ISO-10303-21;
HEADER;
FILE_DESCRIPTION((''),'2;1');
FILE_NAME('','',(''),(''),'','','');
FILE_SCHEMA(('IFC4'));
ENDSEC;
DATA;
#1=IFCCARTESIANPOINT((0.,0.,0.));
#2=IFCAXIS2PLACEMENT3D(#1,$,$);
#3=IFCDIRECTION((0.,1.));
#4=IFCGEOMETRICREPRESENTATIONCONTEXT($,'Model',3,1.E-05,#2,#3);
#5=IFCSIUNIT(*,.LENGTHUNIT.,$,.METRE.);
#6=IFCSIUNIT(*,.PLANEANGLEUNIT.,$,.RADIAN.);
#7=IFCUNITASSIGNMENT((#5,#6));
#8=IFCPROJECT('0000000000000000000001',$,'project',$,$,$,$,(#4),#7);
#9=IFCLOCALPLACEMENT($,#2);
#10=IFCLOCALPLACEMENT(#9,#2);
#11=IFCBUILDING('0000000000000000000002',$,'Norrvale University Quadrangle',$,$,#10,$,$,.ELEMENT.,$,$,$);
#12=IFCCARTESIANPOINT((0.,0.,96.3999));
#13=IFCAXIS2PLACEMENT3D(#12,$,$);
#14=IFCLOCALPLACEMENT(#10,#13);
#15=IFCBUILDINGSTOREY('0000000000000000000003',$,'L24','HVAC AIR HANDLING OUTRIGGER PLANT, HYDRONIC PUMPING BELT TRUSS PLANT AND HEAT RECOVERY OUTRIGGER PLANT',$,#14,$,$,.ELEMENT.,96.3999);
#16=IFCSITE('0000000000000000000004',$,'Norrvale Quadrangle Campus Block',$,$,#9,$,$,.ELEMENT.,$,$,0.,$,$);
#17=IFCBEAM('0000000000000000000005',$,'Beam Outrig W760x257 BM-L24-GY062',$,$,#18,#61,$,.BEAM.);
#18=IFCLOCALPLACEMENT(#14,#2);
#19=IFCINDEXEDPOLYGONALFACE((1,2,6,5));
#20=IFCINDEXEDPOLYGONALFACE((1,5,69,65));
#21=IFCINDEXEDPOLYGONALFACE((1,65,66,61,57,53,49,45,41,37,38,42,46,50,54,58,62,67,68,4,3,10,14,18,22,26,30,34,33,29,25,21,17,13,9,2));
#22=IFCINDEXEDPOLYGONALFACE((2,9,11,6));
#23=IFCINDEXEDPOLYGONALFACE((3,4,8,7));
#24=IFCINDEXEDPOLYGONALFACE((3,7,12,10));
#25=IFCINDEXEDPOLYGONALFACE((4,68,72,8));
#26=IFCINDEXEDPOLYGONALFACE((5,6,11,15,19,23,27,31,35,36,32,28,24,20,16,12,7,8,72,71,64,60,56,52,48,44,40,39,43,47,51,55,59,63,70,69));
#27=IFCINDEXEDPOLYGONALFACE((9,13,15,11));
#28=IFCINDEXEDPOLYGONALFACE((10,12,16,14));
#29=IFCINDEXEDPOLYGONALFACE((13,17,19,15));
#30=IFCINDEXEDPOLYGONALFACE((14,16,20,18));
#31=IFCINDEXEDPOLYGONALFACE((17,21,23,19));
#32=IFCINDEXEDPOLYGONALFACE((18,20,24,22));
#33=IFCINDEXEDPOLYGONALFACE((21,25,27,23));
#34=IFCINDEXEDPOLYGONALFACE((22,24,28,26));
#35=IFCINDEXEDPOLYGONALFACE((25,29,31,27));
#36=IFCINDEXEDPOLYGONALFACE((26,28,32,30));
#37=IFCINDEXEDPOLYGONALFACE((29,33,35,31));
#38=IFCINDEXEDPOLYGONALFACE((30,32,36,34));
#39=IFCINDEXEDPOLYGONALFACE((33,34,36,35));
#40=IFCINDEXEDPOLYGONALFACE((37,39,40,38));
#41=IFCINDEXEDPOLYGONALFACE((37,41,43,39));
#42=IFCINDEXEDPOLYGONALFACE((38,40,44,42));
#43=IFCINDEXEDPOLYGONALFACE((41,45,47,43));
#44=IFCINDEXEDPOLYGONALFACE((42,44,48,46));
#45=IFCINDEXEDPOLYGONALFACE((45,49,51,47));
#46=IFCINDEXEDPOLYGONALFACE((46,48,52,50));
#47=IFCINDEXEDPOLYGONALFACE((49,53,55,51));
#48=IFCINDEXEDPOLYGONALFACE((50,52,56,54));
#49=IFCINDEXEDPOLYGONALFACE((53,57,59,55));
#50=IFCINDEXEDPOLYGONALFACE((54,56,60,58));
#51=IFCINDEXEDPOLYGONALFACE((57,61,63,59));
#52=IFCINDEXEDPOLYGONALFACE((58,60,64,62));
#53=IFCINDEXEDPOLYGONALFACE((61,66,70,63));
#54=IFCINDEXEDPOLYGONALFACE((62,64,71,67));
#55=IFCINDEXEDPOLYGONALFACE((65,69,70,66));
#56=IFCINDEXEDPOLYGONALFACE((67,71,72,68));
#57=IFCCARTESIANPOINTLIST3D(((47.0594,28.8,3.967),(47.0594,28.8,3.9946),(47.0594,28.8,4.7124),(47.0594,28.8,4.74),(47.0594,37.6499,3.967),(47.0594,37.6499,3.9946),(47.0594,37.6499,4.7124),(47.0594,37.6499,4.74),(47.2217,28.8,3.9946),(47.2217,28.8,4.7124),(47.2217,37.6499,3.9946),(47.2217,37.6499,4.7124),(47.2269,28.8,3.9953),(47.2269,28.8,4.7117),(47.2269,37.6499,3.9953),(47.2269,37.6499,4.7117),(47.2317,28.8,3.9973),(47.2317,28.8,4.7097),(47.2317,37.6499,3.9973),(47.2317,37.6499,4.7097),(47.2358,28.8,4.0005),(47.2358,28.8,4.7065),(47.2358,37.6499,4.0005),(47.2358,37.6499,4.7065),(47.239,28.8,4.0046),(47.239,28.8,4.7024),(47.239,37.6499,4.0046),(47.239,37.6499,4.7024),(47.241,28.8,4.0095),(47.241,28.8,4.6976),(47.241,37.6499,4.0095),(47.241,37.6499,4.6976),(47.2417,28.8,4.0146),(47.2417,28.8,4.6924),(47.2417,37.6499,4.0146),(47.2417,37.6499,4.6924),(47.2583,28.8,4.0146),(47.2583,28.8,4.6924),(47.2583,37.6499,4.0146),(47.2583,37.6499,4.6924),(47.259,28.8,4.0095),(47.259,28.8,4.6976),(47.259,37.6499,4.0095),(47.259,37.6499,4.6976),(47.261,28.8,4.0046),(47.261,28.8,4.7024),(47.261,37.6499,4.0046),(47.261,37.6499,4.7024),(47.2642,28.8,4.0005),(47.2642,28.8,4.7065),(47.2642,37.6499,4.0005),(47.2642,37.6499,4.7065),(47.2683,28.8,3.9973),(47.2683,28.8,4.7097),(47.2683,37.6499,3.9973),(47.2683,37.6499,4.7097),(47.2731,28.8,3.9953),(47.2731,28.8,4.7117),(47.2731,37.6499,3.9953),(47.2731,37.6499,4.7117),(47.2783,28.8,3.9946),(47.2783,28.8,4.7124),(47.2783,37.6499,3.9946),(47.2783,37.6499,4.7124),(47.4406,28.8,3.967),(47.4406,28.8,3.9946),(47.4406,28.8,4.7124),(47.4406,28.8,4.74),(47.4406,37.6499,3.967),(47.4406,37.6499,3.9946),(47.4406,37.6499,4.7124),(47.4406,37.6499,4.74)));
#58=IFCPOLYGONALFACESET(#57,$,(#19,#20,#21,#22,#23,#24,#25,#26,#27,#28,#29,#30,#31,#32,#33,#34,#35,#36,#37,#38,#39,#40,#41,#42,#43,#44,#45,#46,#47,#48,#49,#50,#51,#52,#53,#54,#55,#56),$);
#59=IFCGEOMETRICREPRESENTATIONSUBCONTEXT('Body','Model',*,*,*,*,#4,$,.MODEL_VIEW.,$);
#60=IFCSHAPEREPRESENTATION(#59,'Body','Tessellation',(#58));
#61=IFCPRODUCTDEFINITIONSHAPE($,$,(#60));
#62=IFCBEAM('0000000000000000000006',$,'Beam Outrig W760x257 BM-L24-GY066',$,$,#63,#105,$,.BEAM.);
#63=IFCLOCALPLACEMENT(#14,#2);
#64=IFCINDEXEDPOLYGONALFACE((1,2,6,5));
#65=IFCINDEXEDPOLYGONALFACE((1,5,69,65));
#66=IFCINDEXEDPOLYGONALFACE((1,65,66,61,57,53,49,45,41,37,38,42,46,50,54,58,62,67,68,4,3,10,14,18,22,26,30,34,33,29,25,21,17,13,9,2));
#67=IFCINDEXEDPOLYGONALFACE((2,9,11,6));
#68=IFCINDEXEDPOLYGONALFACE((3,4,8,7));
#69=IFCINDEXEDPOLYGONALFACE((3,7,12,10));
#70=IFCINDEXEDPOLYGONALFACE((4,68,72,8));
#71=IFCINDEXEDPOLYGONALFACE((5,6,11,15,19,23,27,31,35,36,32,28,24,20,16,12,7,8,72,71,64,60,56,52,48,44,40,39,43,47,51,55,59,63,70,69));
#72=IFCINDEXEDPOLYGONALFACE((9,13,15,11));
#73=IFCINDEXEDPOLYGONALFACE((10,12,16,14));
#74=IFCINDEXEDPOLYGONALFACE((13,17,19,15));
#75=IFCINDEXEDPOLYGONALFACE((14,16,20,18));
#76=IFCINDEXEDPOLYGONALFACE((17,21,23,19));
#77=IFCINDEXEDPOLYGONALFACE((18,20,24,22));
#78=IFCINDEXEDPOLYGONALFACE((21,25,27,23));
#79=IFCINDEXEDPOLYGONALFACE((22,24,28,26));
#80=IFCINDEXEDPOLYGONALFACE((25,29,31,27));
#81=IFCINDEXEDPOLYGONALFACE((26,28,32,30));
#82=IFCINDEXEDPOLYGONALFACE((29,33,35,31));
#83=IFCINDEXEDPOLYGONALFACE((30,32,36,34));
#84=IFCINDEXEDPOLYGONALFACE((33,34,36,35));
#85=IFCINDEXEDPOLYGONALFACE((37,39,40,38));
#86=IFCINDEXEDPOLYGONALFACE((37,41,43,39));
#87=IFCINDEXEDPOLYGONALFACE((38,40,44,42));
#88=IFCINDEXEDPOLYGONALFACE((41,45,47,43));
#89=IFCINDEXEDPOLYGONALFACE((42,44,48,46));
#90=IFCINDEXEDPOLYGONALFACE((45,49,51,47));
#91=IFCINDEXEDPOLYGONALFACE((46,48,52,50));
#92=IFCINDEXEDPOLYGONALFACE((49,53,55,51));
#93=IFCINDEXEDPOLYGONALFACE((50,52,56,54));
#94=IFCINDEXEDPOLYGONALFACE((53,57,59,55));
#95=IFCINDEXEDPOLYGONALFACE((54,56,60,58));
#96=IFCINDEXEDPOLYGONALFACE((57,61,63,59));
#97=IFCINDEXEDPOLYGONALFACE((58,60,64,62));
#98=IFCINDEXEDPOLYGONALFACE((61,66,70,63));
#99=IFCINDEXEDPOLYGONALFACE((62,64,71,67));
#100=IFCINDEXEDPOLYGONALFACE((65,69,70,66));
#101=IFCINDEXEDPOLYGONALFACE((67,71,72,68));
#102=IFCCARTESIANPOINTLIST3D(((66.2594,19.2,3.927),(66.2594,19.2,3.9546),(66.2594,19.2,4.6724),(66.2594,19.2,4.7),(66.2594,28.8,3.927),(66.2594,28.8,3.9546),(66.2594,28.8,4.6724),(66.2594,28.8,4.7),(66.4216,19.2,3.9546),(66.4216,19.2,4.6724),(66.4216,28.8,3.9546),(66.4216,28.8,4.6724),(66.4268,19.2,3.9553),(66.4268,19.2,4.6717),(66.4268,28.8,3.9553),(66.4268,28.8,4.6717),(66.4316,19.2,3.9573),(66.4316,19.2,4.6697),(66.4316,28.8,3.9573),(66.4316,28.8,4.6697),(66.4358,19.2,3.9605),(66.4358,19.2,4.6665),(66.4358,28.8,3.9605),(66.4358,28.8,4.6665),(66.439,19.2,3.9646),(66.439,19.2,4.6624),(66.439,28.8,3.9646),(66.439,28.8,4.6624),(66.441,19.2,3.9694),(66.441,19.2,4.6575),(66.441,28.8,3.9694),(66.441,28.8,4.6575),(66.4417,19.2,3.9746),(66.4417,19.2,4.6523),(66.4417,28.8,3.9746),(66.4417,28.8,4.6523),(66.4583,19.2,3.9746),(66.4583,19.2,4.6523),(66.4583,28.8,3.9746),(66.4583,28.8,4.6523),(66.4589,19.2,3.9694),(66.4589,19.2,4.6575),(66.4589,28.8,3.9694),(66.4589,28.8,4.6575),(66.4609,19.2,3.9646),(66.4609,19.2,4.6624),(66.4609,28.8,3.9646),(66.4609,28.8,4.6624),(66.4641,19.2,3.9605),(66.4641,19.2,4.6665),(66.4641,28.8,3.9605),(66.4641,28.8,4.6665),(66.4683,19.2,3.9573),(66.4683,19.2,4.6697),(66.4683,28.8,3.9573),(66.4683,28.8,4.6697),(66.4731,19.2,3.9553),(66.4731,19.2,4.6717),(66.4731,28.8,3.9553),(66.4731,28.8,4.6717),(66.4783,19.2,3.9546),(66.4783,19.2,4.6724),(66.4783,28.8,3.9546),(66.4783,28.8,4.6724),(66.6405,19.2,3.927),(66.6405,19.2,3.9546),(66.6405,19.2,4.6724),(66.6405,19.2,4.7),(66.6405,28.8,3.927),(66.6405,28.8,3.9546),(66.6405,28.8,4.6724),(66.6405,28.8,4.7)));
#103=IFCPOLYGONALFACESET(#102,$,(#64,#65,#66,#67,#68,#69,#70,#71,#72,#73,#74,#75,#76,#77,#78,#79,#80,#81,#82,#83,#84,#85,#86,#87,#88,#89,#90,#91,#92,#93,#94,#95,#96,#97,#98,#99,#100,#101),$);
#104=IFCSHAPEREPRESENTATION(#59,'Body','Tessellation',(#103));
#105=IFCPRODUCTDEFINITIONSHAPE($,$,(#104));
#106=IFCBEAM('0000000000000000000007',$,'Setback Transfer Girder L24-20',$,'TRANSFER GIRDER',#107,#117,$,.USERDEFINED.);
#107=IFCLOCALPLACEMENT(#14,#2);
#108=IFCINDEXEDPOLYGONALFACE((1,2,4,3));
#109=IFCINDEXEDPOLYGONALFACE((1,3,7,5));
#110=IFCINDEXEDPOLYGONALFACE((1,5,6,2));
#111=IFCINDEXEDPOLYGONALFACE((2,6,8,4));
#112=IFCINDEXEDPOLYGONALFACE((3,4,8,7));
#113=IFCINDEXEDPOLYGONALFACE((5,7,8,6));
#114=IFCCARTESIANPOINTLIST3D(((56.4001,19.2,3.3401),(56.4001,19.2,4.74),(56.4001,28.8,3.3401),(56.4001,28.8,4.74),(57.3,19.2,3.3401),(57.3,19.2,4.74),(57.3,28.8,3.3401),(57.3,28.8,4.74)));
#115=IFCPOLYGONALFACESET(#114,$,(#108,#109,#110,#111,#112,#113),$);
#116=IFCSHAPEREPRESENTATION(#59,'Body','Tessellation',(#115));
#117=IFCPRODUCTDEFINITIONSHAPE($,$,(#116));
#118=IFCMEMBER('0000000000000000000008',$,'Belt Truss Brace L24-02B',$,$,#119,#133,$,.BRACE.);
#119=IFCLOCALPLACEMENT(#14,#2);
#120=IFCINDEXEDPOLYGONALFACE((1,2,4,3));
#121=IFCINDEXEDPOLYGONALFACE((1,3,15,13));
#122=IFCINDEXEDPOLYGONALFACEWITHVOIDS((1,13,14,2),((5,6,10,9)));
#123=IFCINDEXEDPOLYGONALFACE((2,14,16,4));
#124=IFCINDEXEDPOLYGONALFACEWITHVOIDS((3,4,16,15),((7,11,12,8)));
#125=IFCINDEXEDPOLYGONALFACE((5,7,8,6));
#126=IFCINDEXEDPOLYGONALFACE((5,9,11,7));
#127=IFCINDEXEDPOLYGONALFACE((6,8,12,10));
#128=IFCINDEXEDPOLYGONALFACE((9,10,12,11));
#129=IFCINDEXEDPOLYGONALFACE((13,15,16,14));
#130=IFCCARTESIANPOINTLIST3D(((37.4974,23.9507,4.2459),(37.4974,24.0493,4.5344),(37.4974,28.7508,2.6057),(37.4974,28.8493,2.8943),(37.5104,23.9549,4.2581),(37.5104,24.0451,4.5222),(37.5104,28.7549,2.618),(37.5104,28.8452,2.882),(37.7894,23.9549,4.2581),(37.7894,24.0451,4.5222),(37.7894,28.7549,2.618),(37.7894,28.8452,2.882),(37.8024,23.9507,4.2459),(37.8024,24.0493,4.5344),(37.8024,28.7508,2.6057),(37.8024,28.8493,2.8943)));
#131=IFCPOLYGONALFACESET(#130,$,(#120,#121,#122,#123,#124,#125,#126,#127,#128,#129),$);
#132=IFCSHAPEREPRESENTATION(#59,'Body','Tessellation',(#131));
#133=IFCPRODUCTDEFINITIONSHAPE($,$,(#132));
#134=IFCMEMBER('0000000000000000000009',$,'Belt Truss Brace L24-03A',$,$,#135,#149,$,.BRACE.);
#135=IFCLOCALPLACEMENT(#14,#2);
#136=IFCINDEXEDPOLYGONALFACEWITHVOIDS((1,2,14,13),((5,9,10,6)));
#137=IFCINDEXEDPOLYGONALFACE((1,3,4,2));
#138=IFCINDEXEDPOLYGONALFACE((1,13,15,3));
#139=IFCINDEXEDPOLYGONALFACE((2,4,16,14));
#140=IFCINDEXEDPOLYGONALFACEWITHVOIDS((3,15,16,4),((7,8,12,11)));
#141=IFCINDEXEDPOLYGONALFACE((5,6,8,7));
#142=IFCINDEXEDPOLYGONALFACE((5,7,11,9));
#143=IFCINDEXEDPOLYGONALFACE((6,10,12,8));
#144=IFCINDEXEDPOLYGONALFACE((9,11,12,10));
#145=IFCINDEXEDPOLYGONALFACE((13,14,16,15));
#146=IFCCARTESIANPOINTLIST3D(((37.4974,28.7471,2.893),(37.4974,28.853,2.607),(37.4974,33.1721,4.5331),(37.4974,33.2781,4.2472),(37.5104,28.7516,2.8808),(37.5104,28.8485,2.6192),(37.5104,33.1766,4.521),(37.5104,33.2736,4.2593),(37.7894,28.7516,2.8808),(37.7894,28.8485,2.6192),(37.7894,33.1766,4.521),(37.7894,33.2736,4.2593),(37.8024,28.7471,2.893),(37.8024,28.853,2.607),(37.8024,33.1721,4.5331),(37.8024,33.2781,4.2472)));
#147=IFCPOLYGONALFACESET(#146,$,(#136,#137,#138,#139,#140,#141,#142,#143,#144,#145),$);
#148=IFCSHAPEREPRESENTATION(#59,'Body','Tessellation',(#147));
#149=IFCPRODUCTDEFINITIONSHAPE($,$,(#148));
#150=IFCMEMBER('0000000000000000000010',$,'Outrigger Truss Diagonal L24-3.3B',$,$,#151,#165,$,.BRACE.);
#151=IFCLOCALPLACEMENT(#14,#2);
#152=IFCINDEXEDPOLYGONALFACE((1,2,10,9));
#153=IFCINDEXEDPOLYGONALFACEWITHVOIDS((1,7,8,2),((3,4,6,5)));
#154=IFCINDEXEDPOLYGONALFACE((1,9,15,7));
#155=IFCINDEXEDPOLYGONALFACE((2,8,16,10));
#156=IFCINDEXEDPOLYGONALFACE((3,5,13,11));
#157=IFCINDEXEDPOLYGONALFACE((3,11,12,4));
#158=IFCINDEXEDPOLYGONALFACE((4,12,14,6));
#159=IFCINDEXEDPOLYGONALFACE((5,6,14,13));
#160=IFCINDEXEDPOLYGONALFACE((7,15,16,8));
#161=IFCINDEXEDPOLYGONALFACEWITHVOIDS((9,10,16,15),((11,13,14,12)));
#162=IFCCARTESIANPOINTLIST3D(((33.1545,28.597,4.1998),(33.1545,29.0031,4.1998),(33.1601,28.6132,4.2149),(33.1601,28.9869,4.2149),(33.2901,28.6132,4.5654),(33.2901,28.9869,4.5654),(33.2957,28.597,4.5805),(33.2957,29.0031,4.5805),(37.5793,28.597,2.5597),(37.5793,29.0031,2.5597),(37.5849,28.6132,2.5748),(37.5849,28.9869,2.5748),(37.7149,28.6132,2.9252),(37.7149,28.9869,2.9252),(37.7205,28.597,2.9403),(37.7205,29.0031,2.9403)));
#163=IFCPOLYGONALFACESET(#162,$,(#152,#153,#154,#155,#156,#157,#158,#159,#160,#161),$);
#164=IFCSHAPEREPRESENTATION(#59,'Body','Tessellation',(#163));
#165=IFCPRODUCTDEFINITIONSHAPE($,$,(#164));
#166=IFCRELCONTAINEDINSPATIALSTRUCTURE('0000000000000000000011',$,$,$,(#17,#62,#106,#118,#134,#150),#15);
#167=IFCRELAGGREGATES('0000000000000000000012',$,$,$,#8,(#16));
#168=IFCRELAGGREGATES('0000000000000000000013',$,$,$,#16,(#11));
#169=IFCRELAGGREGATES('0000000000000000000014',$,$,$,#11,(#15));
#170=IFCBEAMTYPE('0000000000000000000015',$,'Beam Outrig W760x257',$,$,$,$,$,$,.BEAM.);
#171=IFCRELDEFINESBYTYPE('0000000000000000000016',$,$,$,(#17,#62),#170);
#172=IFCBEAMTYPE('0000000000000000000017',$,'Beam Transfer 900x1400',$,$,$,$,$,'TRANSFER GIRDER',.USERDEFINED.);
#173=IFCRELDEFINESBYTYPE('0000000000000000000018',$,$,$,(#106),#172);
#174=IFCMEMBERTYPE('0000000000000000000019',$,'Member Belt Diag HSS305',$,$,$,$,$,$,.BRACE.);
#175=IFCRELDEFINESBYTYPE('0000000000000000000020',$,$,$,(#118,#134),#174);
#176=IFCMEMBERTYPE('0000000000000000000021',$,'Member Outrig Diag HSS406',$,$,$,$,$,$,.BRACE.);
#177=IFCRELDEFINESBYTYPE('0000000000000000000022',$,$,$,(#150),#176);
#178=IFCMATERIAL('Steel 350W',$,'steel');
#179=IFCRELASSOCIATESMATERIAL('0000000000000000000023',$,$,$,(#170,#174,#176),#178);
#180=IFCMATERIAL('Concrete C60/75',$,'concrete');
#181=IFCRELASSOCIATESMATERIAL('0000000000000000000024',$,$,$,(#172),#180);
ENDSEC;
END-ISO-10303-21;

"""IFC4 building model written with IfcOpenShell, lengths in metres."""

from ifc_helpers import new_model, si_unit, direction, frame, origin, origin_2d, place, context, subcontext, project, spatial, rectangle, hollow_rectangle, i_section, extrude, material, material_profile, profile_set, type_object, element, save


model = new_model("IFC4")

# Units and contexts
model_context = context("Model", 3, precision=1e-05, world=origin(), true_north=direction((0.0, 1.0)))
body_context = subcontext(model_context, "Body", "Model", "MODEL_VIEW")
ifc_project = project(units=[si_unit("LENGTHUNIT", "METRE"), si_unit("PLANEANGLEUNIT", "RADIAN")], contexts=[model_context])

# Site, building, storey
site_placement = place(None, origin())
site = spatial("IfcSite", under=ifc_project, at=site_placement, Name="Norrvale Quadrangle Campus Block", CompositionType="ELEMENT", RefElevation=0.0)
building_placement = place(site_placement, origin())
building = spatial("IfcBuilding", under=site, at=building_placement, Name="Norrvale University Quadrangle", CompositionType="ELEMENT")
storey_placement = place(building_placement, frame((0.0, 0.0, 96.3999)))
storey = spatial("IfcBuildingStorey", under=building, at=storey_placement, Name="L24", Description="HVAC AIR HANDLING OUTRIGGER PLANT, HYDRONIC PUMPING BELT TRUSS PLANT AND HEAT RECOVERY OUTRIGGER PLANT", CompositionType="ELEMENT", Elevation=96.3999)

# Beams
ifc_material_1 = material(Name="Steel 350W", Category="steel")
ifc_material_profile_1 = material_profile(ifc_material_1, i_section(OverallWidth=0.3811, OverallDepth=0.7729, WebThickness=0.0166, FlangeThickness=0.0276, FilletRadius=0.02, at=origin_2d()), Name="Steel 350W")
ifc_profile_set_1 = profile_set([ifc_material_profile_1], Name="Steel 350W")
beam_type_1 = type_object("IfcBeamType", Name="Beam Outrig W760x257", PredefinedType="BEAM", material=ifc_profile_set_1)
beam_1_placement = place(storey_placement, frame((47.25, 28.8, 4.3535), z_axis=(0.0, 1.0, 0.0), x_axis=(-1.0, 0.0, 0.0)))
element("IfcBeam", 1, at=beam_1_placement, inside=storey, type_object=beam_type_1, Name="Beam Outrig W760x257 BM-L24-GY062", PredefinedType="BEAM", context=body_context, shape_type="SweptSolid", body=[
    extrude(i_section(OverallWidth=0.3811, OverallDepth=0.7729, WebThickness=0.0166, FlangeThickness=0.0276, FilletRadius=0.02, at=origin_2d()), origin(), (0.0, 0.0, 1.0), 8.8499),
])
beam_2_placement = place(storey_placement, frame((66.45, 19.2, 4.3135), z_axis=(0.0, 1.0, 0.0), x_axis=(-1.0, 0.0, 0.0)))
element("IfcBeam", 2, at=beam_2_placement, inside=storey, type_object=beam_type_1, Name="Beam Outrig W760x257 BM-L24-GY066", PredefinedType="BEAM", context=body_context, shape_type="SweptSolid", body=[
    extrude(i_section(OverallWidth=0.3811, OverallDepth=0.7729, WebThickness=0.0166, FlangeThickness=0.0276, FilletRadius=0.02, at=origin_2d()), origin(), (0.0, 0.0, 1.0), 9.6001),
])
ifc_material_2 = material(Name="Concrete C60/75", Category="concrete")
ifc_material_profile_2 = material_profile(ifc_material_2, rectangle(XDim=0.8999, YDim=1.3999, at=origin_2d()), Name="Concrete C60/75")
ifc_profile_set_2 = profile_set([ifc_material_profile_2], Name="Concrete C60/75")
beam_type_2 = type_object("IfcBeamType", Name="Beam Transfer 900x1400", ElementType="TRANSFER GIRDER", PredefinedType="USERDEFINED", material=ifc_profile_set_2)
beam_3_placement = place(storey_placement, frame((56.8501, 19.2, 4.04), z_axis=(0.0, 1.0, 0.0), x_axis=(-1.0, 0.0, 0.0)))
element("IfcBeam", 3, at=beam_3_placement, inside=storey, type_object=beam_type_2, Name="Setback Transfer Girder L24-20", ObjectType="TRANSFER GIRDER", PredefinedType="USERDEFINED", context=body_context, shape_type="SweptSolid", body=[
    extrude(rectangle(XDim=0.8999, YDim=1.3999, at=origin_2d()), origin(), (0.0, 0.0, 1.0), 9.6001),
])

# Members
ifc_material_profile_3 = material_profile(ifc_material_1, hollow_rectangle(XDim=0.3049, YDim=0.3049, WallThickness=0.0129, at=origin_2d()), Name="Steel 350W")
ifc_profile_set_3 = profile_set([ifc_material_profile_3], Name="Steel 350W")
member_type_1 = type_object("IfcMemberType", Name="Member Belt Diag HSS305", PredefinedType="BRACE", material=ifc_profile_set_3)
member_1_placement = place(storey_placement, frame((37.6499, 28.8, 2.75), z_axis=(0.0, -0.946284, 0.323337), x_axis=(1.0, 0.0, 0.0)))
element("IfcMember", 4, at=member_1_placement, inside=storey, type_object=member_type_1, Name="Belt Truss Brace L24-02B", PredefinedType="BRACE", context=body_context, shape_type="SweptSolid", body=[
    extrude(hollow_rectangle(XDim=0.3049, YDim=0.3049, WallThickness=0.0129, at=origin_2d()), origin(), (0.0, 0.0, 1.0), 5.0725),
])
member_2_placement = place(storey_placement, frame((37.6499, 28.8, 2.75), z_axis=(0.0, 0.937664, 0.347543), x_axis=(-1.0, 0.0, 0.0)))
element("IfcMember", 5, at=member_2_placement, inside=storey, type_object=member_type_1, Name="Belt Truss Brace L24-03A", PredefinedType="BRACE", context=body_context, shape_type="SweptSolid", body=[
    extrude(hollow_rectangle(XDim=0.3049, YDim=0.3049, WallThickness=0.0129, at=origin_2d()), origin(), (0.0, 0.0, 1.0), 4.7192),
])
ifc_material_profile_4 = material_profile(ifc_material_1, hollow_rectangle(XDim=0.406, YDim=0.406, WallThickness=0.0161, at=origin_2d()), Name="Steel 350W")
ifc_profile_set_4 = profile_set([ifc_material_profile_4], Name="Steel 350W")
member_type_2 = type_object("IfcMemberType", Name="Member Outrig Diag HSS406", PredefinedType="BRACE", material=ifc_profile_set_4)
member_3_placement = place(storey_placement, frame((37.6499, 28.8, 2.75), z_axis=(-0.937658, 0.0, 0.34756), x_axis=(0.0, -1.0, 0.0)))
element("IfcMember", 6, at=member_3_placement, inside=storey, type_object=member_type_2, Name="Outrigger Truss Diagonal L24-3.3B", PredefinedType="BRACE", context=body_context, shape_type="SweptSolid", body=[
    extrude(hollow_rectangle(XDim=0.406, YDim=0.406, WallThickness=0.0161, at=origin_2d()), origin(), (0.0, 0.0, 1.0), 4.719),
])

save(model, "model.ifc")
